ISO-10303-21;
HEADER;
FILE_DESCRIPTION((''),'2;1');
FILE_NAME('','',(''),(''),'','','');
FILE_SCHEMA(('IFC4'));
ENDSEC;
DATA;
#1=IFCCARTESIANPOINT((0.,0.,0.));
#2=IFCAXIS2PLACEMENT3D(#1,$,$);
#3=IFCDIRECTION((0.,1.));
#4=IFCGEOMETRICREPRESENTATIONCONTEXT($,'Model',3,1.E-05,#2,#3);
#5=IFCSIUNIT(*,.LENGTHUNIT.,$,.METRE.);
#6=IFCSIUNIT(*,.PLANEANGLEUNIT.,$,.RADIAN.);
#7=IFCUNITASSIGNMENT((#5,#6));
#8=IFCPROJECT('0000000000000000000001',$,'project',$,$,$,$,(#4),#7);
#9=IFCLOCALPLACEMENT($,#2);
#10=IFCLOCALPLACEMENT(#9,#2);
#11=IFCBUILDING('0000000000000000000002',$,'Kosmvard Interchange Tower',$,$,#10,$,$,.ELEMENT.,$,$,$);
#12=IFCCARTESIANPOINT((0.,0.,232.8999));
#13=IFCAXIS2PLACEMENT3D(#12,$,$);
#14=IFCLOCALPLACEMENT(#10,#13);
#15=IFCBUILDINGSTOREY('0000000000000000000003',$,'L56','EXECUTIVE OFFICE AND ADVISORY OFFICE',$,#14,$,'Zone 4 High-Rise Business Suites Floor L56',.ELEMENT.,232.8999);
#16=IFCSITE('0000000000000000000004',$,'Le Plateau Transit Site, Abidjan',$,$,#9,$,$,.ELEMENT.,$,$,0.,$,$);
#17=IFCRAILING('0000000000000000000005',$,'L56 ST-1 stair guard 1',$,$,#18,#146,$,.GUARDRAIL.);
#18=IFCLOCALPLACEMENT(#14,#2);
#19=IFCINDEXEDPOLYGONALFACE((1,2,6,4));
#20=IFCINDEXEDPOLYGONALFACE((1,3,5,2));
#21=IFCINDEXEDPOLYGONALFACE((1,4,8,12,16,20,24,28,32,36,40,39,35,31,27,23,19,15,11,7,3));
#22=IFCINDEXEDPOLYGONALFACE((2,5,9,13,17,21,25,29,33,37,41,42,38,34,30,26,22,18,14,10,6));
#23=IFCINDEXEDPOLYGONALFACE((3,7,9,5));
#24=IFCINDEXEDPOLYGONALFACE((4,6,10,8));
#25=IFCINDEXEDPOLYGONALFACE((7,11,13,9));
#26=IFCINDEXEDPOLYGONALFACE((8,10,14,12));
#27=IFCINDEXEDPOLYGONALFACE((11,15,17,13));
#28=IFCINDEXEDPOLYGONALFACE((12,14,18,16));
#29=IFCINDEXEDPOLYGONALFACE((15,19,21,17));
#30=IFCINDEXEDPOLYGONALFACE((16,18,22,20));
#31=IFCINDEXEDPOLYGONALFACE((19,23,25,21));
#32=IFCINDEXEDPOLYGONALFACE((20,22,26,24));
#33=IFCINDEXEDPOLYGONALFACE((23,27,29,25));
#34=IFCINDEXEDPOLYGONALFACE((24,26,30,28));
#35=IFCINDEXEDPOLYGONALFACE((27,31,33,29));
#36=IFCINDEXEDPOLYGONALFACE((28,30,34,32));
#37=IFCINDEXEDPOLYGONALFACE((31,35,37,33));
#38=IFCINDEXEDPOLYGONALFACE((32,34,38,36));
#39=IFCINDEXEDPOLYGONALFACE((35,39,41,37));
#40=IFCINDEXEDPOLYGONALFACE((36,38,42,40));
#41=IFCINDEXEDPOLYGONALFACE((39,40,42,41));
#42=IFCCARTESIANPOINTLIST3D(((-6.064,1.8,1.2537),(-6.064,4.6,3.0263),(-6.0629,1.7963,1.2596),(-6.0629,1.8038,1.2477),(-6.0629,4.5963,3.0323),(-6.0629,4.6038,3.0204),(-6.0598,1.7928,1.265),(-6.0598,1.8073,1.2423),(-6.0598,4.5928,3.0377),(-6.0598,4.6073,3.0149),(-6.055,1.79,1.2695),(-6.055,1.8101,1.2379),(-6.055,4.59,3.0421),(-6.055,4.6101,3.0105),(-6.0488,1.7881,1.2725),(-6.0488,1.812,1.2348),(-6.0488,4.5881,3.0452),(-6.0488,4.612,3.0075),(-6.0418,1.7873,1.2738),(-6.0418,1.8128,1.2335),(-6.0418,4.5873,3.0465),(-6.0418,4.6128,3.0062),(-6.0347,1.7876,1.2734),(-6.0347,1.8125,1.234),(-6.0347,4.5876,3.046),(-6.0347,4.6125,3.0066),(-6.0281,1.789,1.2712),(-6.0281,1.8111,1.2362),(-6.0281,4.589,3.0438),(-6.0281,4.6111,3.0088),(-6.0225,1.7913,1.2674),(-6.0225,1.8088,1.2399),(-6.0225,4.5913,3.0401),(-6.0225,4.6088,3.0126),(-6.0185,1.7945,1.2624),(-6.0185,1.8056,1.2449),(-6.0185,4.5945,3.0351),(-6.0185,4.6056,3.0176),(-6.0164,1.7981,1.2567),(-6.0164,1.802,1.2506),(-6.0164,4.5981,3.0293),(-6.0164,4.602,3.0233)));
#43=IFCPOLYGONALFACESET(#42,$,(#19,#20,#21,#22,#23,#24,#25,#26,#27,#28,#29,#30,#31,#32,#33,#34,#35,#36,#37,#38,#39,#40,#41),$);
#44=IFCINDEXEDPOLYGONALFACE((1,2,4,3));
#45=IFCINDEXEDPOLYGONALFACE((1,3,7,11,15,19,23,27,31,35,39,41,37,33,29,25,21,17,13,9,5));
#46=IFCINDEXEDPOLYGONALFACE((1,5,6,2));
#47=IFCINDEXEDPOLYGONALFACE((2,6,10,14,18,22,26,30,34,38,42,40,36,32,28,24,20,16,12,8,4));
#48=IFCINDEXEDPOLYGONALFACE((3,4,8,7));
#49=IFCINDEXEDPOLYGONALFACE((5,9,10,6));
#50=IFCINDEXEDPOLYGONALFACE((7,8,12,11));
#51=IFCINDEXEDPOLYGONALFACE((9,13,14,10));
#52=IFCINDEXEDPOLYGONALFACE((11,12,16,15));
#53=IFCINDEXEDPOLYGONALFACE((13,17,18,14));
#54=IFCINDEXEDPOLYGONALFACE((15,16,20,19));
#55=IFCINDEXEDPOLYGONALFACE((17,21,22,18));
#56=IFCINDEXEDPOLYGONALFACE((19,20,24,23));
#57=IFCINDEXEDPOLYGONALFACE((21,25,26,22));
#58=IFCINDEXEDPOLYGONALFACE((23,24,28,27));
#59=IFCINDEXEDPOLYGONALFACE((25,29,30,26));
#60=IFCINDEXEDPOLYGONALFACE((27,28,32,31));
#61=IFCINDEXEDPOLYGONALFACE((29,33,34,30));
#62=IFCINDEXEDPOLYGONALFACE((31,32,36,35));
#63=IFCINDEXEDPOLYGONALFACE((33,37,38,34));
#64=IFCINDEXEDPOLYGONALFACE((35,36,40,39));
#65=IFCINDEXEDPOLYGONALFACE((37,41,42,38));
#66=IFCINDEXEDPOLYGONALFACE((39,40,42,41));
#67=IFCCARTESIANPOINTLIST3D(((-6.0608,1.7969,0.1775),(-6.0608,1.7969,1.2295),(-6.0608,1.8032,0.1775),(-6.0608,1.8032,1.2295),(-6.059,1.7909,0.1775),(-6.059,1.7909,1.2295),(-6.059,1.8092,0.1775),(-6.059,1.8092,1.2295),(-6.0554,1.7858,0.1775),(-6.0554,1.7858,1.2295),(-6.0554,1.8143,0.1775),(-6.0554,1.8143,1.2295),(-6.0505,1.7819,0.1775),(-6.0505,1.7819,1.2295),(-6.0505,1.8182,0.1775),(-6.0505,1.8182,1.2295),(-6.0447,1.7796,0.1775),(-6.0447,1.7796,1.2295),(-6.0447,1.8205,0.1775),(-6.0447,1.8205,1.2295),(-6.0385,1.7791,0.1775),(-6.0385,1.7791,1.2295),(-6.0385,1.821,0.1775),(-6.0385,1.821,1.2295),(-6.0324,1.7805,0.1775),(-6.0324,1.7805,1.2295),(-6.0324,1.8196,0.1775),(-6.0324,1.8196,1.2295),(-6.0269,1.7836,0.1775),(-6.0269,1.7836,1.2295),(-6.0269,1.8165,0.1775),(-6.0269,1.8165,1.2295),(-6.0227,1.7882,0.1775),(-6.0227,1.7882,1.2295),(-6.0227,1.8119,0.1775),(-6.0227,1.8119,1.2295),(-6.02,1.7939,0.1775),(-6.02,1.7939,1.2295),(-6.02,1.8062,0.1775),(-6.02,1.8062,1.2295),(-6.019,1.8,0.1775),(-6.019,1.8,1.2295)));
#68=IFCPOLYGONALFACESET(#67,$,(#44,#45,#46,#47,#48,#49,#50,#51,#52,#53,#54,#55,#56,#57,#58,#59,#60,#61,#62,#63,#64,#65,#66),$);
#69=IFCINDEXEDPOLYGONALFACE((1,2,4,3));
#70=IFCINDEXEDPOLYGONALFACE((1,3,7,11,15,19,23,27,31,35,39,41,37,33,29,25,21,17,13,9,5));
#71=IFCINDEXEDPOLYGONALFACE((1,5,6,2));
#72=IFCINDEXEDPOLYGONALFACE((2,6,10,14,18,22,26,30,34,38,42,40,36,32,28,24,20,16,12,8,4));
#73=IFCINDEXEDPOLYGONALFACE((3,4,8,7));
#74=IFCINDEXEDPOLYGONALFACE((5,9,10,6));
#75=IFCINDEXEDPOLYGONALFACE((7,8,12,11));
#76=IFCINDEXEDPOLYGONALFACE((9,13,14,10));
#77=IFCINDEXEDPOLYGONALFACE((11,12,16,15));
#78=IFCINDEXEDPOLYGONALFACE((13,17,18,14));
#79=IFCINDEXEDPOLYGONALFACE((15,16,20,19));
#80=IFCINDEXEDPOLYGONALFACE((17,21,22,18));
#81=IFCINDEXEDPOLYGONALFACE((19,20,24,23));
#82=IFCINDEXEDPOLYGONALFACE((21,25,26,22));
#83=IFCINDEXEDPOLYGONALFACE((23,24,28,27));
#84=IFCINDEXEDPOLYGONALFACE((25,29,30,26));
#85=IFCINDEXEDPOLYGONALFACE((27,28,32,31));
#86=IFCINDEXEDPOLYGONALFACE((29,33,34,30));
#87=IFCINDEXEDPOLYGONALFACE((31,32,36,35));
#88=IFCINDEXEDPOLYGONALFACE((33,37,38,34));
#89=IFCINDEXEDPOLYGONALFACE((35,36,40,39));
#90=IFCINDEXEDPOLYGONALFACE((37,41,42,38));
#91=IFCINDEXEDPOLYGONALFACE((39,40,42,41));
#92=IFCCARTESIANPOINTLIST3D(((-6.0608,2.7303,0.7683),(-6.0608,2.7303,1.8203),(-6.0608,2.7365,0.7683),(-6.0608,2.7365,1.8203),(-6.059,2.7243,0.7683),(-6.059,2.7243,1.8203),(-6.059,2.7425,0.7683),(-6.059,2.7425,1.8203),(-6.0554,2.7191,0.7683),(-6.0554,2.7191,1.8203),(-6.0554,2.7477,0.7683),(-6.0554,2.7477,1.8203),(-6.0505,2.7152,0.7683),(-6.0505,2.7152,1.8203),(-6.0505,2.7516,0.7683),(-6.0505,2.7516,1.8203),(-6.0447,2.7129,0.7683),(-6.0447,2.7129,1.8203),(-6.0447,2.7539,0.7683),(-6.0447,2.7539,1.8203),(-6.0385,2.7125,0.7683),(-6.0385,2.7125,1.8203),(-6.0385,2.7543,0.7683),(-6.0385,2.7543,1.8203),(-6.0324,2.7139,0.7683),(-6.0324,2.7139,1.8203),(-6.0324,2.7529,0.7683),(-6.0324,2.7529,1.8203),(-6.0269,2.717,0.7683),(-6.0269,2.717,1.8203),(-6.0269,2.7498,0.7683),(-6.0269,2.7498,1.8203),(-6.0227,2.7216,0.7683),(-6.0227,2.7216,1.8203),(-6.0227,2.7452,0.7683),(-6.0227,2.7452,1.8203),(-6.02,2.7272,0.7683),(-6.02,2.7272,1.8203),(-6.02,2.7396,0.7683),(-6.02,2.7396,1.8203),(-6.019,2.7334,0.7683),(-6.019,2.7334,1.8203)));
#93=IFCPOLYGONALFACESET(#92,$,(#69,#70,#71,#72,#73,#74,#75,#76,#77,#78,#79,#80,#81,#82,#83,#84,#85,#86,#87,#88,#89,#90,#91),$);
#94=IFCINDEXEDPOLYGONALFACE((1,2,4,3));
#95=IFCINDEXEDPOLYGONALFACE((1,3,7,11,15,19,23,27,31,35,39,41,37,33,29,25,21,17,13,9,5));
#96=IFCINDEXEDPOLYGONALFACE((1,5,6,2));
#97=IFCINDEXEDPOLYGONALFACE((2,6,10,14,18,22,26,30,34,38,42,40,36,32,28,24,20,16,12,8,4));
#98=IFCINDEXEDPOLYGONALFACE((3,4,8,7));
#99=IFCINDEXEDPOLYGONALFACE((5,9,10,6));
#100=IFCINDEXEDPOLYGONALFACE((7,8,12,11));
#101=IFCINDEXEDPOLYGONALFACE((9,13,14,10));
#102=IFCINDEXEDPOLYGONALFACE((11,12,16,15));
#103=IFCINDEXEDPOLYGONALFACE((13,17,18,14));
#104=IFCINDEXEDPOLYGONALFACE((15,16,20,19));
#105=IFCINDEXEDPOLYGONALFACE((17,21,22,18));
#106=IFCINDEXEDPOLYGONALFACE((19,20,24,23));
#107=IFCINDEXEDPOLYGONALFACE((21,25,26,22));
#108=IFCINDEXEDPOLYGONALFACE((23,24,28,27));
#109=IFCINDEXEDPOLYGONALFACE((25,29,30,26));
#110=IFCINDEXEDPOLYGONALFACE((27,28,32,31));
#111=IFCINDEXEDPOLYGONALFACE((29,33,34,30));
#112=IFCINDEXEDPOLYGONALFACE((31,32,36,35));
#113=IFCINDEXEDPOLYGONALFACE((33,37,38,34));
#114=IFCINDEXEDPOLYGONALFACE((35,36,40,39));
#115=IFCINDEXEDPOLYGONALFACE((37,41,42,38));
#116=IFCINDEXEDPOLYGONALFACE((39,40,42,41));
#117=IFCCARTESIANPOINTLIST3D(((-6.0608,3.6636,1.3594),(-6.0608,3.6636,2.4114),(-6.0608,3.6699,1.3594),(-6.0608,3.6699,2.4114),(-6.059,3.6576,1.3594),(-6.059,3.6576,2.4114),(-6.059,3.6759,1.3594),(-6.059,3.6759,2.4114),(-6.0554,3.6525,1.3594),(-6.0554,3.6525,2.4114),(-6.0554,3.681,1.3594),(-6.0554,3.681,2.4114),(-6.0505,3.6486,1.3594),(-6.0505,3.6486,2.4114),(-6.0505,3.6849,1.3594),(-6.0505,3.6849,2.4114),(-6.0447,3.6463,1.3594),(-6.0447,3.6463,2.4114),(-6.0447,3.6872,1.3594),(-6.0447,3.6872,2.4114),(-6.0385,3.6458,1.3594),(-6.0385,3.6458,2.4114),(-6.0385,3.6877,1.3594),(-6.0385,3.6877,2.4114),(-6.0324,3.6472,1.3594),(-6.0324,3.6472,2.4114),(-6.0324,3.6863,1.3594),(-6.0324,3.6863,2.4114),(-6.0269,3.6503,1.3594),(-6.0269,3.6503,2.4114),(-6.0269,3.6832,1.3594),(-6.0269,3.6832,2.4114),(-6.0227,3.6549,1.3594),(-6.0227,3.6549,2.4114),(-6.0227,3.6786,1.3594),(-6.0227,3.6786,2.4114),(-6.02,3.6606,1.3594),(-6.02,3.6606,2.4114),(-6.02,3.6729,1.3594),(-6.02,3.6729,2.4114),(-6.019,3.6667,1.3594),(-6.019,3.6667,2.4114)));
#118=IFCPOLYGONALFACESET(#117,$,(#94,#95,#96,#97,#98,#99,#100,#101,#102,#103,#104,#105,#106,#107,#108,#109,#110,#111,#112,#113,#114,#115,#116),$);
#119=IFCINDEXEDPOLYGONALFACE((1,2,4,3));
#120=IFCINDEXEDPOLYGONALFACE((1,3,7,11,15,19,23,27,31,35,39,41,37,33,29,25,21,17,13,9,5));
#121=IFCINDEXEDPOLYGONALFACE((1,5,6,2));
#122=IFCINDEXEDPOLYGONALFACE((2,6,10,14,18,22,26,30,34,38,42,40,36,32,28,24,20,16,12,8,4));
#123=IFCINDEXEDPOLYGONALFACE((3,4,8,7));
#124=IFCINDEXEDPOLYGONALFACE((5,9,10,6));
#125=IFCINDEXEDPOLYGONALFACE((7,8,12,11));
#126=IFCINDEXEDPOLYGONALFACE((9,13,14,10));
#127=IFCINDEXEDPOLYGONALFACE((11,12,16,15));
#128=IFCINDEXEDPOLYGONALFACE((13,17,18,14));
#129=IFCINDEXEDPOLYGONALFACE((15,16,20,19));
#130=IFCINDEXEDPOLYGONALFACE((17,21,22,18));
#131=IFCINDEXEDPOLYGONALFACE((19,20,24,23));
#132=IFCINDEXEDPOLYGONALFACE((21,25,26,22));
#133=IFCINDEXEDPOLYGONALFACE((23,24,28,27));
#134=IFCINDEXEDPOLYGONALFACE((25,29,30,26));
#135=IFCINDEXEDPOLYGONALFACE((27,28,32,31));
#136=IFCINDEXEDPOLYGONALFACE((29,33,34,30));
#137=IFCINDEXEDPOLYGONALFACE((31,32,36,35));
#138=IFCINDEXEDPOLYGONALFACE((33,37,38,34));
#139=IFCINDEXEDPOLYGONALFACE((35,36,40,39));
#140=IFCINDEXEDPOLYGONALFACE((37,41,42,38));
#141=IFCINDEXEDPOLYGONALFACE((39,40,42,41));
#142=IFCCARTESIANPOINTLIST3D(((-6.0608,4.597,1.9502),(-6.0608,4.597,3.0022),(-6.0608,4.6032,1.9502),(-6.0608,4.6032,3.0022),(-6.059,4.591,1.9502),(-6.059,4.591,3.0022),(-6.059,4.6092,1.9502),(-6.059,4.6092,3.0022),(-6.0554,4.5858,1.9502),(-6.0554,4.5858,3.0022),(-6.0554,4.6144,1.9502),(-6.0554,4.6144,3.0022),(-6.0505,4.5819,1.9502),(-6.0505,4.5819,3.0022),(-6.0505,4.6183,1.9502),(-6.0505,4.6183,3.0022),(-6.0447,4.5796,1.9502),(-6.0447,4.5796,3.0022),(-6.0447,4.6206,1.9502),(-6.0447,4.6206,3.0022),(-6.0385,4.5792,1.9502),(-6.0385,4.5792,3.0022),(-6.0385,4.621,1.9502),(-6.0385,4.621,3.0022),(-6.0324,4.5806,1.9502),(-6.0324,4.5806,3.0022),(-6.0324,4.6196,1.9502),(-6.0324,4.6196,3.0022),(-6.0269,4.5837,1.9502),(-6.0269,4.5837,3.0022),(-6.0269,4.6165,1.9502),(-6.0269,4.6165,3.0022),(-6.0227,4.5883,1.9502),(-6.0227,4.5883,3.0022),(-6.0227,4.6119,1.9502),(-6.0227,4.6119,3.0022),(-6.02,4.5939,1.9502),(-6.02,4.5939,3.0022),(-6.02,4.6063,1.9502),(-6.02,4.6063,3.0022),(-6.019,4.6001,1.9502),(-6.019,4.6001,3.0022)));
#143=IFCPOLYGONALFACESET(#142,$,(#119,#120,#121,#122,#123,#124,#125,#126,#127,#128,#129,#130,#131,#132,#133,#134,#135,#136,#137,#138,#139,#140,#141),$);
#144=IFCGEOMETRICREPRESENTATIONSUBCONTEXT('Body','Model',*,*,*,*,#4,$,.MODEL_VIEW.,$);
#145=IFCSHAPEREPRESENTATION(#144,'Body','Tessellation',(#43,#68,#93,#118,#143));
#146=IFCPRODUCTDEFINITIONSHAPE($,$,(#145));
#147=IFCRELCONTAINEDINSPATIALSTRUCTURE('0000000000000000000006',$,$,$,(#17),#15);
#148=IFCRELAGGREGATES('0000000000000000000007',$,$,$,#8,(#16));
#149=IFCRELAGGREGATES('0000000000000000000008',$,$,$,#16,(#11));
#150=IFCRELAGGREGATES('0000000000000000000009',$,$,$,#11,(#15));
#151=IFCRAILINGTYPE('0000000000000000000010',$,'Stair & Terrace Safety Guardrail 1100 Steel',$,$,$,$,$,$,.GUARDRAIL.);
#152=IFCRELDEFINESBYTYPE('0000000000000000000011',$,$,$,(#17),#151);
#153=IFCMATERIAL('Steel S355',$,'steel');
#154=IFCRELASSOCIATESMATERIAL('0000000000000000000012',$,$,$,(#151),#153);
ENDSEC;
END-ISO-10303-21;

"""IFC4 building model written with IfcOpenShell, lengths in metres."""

from ifc_helpers import new_model, si_unit, direction, frame, origin, origin_2d, place, context, subcontext, project, spatial, circle, extrude, source, transform, mapped, material, type_object, element, save


model = new_model("IFC4")

# Units and contexts
model_context = context("Model", 3, precision=1e-05, world=origin(), true_north=direction((0.0, 1.0)))
body_context = subcontext(model_context, "Body", "Model", "MODEL_VIEW")
ifc_project = project(units=[si_unit("LENGTHUNIT", "METRE"), si_unit("PLANEANGLEUNIT", "RADIAN")], contexts=[model_context])

# Site, building, storey
site_placement = place(None, origin())
site = spatial("IfcSite", under=ifc_project, at=site_placement, Name="Le Plateau Transit Site, Abidjan", CompositionType="ELEMENT", RefElevation=0.0)
building_placement = place(site_placement, origin())
building = spatial("IfcBuilding", under=site, at=building_placement, Name="Kosmvard Interchange Tower", CompositionType="ELEMENT")
storey_placement = place(building_placement, frame((0.0, 0.0, 232.8999)))
storey = spatial("IfcBuildingStorey", under=building, at=storey_placement, Name="L56", Description="EXECUTIVE OFFICE AND ADVISORY OFFICE", LongName="Zone 4 High-Rise Business Suites Floor L56", CompositionType="ELEMENT", Elevation=232.8999)

# Railing
ifc_material_1 = material(Name="Steel S355", Category="steel")
railing_type = type_object("IfcRailingType", Name="Stair & Terrace Safety Guardrail 1100 Steel", PredefinedType="GUARDRAIL", material=ifc_material_1)
shared_shape_1 = source(origin(), body_context, "Body", "SweptSolid", [
    extrude(circle(Radius=0.0239, at=origin_2d()), frame((0.0, 0.0, 1.0762), z_axis=(0.0, 0.844909, 0.53491), x_axis=(-1.0, 0.0, 0.0)), (0.0, 0.0, 1.0), 3.314),
    extrude(circle(Radius=0.021, at=origin_2d()), origin(), (0.0, 0.0, 1.0), 1.052),
    extrude(circle(Radius=0.021, at=origin_2d()), frame((0.0, 0.9333, 0.5908)), (0.0, 0.0, 1.0), 1.052),
    extrude(circle(Radius=0.021, at=origin_2d()), frame((0.0, 1.8667, 1.1819)), (0.0, 0.0, 1.0), 1.052),
    extrude(circle(Radius=0.021, at=origin_2d()), frame((0.0, 2.8, 1.7727)), (0.0, 0.0, 1.0), 1.052),
])
railing_1_placement = place(storey_placement, frame((-6.04, 1.8, 0.1775)))
element("IfcRailing", 1, at=railing_1_placement, inside=storey, type_object=railing_type, Name="L56 ST-1 stair guard 1", PredefinedType="GUARDRAIL", context=body_context, shape_type="MappedRepresentation", body=[
    mapped(shared_shape_1, transform((0.0, 0.0, 0.0), scale=1.0)),
])

save(model, "model.ifc")
